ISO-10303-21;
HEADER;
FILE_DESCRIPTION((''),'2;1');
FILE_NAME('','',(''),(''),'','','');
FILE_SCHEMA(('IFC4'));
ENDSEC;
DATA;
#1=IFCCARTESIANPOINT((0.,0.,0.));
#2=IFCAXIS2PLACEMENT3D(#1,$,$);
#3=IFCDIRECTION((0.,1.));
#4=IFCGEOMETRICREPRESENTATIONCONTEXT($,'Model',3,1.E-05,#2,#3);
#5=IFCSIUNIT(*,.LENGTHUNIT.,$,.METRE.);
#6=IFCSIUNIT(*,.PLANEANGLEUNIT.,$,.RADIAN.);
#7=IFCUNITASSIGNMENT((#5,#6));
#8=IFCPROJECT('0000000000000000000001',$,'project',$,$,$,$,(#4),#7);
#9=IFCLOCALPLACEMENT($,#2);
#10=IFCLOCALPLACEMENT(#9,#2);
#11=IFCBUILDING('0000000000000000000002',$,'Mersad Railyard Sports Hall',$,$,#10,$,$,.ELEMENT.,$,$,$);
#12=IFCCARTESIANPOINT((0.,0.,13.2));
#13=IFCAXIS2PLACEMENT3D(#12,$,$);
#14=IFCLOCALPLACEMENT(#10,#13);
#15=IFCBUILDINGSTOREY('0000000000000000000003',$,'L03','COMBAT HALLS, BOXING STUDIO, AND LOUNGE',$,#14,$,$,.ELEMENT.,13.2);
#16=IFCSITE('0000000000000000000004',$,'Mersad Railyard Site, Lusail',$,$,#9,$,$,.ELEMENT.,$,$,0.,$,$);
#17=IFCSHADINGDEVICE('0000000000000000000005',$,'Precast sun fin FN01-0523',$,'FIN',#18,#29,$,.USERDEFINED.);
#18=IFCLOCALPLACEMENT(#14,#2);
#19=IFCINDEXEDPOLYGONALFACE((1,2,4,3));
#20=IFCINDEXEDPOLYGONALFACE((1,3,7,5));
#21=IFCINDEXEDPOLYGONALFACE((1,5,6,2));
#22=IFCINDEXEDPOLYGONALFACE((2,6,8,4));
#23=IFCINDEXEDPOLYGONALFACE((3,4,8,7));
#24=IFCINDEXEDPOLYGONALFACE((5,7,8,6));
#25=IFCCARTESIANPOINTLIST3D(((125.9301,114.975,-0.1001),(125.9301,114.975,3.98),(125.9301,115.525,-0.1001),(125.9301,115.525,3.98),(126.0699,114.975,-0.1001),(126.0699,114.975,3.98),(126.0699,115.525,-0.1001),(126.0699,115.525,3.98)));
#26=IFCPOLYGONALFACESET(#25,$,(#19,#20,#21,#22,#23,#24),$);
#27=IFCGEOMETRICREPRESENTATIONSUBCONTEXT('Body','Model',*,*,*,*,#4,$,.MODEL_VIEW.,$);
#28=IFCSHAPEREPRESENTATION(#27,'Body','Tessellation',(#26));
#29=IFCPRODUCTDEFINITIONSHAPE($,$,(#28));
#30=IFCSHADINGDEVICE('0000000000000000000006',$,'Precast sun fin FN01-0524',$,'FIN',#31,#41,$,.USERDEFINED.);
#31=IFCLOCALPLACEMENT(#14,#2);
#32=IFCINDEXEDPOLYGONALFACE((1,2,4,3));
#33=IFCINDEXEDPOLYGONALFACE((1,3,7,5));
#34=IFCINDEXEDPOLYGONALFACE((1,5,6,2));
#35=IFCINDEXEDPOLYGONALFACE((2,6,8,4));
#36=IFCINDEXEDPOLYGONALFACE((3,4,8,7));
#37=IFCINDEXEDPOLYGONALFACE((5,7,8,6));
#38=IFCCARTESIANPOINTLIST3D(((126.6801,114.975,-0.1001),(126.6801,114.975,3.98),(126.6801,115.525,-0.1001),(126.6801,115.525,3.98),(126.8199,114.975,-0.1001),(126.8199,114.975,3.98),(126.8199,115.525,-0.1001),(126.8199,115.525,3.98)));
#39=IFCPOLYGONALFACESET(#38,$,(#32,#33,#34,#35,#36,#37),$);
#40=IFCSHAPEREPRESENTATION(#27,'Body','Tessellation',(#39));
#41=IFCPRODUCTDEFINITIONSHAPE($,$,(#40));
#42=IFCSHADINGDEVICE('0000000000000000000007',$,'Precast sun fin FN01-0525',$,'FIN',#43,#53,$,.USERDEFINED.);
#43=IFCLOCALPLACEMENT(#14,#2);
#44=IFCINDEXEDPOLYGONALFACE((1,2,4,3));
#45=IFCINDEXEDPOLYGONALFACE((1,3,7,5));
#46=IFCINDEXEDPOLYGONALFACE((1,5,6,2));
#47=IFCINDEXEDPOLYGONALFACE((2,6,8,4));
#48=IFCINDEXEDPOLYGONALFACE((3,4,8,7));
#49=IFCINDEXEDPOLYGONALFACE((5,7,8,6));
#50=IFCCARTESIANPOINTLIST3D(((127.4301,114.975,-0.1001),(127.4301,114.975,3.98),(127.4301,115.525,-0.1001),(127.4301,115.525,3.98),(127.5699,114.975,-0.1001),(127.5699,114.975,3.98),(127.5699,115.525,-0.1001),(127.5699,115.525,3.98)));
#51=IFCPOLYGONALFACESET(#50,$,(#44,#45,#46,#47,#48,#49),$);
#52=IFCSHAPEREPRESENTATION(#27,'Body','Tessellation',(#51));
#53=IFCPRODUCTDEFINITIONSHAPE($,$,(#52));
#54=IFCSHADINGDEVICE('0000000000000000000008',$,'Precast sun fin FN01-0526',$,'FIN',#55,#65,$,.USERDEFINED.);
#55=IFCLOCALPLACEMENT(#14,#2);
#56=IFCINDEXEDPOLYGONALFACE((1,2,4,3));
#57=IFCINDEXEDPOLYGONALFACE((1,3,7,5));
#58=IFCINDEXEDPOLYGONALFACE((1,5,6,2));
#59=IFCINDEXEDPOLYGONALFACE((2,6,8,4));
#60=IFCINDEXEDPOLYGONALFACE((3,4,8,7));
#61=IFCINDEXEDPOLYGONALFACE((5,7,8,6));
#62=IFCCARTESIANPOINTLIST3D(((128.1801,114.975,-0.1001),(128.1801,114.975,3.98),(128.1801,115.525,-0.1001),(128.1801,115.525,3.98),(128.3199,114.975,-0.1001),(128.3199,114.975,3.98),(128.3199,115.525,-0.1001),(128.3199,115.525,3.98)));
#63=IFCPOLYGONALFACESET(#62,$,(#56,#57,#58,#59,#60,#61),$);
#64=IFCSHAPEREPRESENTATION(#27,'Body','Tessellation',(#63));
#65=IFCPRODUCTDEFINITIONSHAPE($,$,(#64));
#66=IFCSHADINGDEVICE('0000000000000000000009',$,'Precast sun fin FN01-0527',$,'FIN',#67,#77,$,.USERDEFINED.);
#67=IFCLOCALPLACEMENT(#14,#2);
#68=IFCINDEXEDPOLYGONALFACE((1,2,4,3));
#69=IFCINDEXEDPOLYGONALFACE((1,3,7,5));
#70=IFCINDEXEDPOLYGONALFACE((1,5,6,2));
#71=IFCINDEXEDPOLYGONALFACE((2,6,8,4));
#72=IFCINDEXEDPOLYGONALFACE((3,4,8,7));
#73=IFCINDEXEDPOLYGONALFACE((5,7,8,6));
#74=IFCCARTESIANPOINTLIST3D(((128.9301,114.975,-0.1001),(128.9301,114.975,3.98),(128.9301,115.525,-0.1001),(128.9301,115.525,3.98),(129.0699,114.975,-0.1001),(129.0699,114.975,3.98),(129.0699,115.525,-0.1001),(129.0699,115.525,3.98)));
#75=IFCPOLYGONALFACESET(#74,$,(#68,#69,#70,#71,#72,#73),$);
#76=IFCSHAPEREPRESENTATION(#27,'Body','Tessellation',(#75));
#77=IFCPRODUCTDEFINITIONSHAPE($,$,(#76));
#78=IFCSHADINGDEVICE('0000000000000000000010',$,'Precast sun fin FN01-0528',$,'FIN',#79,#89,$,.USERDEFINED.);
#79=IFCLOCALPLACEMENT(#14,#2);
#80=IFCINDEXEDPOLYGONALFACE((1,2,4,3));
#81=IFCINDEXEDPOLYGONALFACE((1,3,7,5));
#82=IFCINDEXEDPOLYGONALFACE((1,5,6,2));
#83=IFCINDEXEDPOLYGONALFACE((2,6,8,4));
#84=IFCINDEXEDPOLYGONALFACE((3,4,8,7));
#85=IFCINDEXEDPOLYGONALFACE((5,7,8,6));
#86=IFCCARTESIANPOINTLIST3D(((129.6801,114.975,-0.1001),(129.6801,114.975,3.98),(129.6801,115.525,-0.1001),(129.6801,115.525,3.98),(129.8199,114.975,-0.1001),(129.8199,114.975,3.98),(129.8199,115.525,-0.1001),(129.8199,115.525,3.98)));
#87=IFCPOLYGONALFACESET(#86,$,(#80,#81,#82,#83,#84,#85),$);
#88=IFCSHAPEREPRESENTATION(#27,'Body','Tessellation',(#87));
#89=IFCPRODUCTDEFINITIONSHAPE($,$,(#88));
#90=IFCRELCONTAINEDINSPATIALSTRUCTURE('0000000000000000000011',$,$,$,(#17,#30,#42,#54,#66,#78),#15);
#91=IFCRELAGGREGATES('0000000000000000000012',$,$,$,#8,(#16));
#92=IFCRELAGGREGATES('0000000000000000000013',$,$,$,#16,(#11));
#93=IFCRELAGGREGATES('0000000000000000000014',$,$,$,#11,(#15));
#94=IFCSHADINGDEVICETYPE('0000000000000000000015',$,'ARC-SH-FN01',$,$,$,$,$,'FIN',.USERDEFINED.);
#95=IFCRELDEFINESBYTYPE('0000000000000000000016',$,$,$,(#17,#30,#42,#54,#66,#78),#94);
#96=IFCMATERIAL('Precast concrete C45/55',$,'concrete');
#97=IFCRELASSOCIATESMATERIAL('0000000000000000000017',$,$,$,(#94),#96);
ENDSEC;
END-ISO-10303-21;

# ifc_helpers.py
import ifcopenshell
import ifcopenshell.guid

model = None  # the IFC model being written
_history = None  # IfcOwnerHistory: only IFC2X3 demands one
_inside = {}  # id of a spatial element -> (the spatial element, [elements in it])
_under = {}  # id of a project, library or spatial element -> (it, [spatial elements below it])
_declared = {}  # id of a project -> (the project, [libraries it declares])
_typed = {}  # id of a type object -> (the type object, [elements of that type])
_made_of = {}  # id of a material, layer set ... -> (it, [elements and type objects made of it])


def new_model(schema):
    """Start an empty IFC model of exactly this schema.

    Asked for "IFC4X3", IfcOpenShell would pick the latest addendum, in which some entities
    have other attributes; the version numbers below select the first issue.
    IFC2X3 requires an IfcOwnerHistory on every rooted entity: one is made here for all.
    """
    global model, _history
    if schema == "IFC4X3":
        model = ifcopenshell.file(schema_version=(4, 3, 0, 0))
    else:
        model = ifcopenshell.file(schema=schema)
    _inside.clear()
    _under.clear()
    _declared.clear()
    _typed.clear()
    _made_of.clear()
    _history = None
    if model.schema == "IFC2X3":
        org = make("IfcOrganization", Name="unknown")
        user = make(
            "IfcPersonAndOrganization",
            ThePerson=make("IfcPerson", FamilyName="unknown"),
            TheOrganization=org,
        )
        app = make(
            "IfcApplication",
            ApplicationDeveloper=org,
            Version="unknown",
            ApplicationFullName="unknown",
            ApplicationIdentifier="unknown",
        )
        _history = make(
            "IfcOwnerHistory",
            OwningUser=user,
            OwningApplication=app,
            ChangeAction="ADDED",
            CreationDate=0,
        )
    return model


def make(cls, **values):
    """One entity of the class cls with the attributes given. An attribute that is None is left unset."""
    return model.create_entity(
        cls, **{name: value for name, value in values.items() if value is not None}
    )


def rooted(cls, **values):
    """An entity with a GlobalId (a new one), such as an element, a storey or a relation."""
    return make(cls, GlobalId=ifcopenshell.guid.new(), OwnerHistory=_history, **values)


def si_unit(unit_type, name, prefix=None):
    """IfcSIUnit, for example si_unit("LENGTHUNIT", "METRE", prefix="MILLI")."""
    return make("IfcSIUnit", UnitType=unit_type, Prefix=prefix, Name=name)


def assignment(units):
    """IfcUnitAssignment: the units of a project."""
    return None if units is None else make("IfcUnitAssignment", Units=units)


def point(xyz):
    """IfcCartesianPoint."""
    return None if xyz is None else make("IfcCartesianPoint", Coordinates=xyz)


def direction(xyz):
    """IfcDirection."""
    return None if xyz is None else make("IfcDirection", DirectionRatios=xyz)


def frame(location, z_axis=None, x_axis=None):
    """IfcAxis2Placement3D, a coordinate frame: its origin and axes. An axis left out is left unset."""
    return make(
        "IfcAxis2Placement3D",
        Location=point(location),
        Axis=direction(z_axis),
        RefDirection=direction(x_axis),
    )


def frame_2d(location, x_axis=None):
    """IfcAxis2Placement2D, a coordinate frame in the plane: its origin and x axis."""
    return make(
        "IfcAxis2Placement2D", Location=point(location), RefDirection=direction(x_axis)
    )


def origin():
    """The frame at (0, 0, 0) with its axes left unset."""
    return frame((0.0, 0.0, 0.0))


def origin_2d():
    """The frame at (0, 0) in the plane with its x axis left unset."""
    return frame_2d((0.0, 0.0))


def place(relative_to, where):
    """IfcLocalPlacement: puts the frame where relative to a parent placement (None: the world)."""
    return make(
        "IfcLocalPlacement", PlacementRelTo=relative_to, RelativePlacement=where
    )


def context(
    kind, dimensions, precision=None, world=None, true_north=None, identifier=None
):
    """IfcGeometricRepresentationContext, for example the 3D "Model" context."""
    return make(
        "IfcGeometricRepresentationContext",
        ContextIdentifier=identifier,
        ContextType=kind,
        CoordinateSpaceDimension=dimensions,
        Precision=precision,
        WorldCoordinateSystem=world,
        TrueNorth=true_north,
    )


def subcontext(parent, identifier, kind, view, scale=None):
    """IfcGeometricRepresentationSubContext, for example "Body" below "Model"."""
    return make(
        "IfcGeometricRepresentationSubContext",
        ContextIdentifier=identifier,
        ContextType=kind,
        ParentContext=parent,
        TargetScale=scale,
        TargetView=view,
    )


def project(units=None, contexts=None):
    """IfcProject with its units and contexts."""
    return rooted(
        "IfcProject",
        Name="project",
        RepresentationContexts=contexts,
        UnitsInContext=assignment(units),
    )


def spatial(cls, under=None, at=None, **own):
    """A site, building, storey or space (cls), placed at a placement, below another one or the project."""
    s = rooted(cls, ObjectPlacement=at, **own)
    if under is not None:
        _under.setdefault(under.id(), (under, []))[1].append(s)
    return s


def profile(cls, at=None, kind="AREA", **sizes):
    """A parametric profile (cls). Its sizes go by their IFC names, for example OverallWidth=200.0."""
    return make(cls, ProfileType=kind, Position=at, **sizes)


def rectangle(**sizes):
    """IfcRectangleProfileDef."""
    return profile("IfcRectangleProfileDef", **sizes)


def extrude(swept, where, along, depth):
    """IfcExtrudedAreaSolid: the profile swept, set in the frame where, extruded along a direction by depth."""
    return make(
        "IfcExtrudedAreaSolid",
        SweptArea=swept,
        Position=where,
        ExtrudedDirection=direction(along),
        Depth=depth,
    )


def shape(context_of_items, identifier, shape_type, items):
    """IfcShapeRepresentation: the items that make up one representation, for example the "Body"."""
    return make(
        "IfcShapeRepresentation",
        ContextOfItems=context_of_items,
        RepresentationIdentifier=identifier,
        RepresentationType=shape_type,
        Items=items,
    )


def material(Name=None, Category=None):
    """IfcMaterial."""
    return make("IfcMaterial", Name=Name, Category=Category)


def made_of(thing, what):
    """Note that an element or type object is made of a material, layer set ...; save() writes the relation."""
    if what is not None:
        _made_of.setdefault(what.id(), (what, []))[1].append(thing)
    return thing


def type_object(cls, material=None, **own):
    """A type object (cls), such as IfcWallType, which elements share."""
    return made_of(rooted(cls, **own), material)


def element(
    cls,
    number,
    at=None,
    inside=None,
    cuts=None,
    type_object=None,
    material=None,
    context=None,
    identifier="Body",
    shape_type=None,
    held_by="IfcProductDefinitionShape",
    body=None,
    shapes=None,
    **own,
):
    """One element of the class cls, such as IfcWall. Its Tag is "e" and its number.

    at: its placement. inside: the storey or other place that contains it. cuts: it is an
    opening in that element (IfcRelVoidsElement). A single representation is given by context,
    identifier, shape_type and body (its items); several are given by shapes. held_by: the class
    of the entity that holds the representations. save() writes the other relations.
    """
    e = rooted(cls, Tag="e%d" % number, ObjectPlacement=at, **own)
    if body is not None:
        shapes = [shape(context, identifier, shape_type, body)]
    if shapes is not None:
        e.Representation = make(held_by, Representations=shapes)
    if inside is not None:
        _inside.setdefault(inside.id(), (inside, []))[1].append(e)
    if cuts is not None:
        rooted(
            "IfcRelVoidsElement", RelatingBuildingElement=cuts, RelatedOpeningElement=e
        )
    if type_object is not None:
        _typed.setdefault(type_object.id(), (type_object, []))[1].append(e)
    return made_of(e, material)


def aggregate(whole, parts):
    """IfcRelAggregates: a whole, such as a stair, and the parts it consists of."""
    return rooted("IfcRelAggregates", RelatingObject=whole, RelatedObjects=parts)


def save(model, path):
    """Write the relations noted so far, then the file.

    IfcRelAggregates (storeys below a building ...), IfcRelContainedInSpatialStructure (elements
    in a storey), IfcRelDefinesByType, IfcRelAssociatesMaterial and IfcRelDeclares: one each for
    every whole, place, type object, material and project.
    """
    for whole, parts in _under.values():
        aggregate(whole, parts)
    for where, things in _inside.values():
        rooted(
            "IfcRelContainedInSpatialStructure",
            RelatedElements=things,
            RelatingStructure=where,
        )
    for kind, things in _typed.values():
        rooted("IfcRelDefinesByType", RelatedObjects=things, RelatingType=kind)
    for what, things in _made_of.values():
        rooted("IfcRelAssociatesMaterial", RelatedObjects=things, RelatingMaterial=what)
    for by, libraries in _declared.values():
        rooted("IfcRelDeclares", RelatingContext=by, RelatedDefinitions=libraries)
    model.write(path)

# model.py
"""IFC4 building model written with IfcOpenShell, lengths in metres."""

from ifc_helpers import new_model, si_unit, direction, frame, origin, origin_2d, place, context, subcontext, project, spatial, rectangle, extrude, material, type_object, element, save


model = new_model("IFC4")

# Units and contexts
model_context = context("Model", 3, precision=1e-05, world=origin(), true_north=direction((0.0, 1.0)))
body_context = subcontext(model_context, "Body", "Model", "MODEL_VIEW")
ifc_project = project(units=[si_unit("LENGTHUNIT", "METRE"), si_unit("PLANEANGLEUNIT", "RADIAN")], contexts=[model_context])

# Site, building, storey
site_placement = place(None, origin())
site = spatial("IfcSite", under=ifc_project, at=site_placement, Name="Mersad Railyard Site, Lusail", CompositionType="ELEMENT", RefElevation=0.0)
building_placement = place(site_placement, origin())
building = spatial("IfcBuilding", under=site, at=building_placement, Name="Mersad Railyard Sports Hall", CompositionType="ELEMENT")
storey_placement = place(building_placement, frame((0.0, 0.0, 13.2)))
storey = spatial("IfcBuildingStorey", under=building, at=storey_placement, Name="L03", Description="COMBAT HALLS, BOXING STUDIO, AND LOUNGE", CompositionType="ELEMENT", Elevation=13.2)

# Shading devices
ifc_material_1 = material(Name="Precast concrete C45/55", Category="concrete")
shading_device_type = type_object("IfcShadingDeviceType", Name="ARC-SH-FN01", ElementType="FIN", PredefinedType="USERDEFINED", material=ifc_material_1)
for number, where, z_axis, x_axis, name in (
    (1, (126.0, 115.25, -0.1001), (0.0, 0.0, 1.0), (1.0, 0.0, 0.0), "Precast sun fin FN01-0523"),
    (2, (126.75, 115.25, -0.1001), (0.0, 0.0, 1.0), (1.0, 0.0, 0.0), "Precast sun fin FN01-0524"),
    (3, (127.5, 115.25, -0.1001), (0.0, 0.0, 1.0), (1.0, 0.0, 0.0), "Precast sun fin FN01-0525"),
    (4, (128.25, 115.25, -0.1001), (0.0, 0.0, 1.0), (1.0, 0.0, 0.0), "Precast sun fin FN01-0526"),
    (5, (129.0, 115.25, -0.1001), (0.0, 0.0, 1.0), (1.0, 0.0, 0.0), "Precast sun fin FN01-0527"),
    (6, (129.75, 115.25, -0.1001), (0.0, 0.0, 1.0), (1.0, 0.0, 0.0), "Precast sun fin FN01-0528"),
):
    element("IfcShadingDevice", number, at=place(storey_placement, frame(where, z_axis=z_axis, x_axis=x_axis)), inside=storey, type_object=shading_device_type, Name=name, ObjectType="FIN", PredefinedType="USERDEFINED", context=body_context, shape_type="SweptSolid", body=[
        extrude(rectangle(XDim=0.1399, YDim=0.55, at=origin_2d()), origin(), (0.0, 0.0, 1.0), 4.0801),
    ])

save(model, "model.ifc")
